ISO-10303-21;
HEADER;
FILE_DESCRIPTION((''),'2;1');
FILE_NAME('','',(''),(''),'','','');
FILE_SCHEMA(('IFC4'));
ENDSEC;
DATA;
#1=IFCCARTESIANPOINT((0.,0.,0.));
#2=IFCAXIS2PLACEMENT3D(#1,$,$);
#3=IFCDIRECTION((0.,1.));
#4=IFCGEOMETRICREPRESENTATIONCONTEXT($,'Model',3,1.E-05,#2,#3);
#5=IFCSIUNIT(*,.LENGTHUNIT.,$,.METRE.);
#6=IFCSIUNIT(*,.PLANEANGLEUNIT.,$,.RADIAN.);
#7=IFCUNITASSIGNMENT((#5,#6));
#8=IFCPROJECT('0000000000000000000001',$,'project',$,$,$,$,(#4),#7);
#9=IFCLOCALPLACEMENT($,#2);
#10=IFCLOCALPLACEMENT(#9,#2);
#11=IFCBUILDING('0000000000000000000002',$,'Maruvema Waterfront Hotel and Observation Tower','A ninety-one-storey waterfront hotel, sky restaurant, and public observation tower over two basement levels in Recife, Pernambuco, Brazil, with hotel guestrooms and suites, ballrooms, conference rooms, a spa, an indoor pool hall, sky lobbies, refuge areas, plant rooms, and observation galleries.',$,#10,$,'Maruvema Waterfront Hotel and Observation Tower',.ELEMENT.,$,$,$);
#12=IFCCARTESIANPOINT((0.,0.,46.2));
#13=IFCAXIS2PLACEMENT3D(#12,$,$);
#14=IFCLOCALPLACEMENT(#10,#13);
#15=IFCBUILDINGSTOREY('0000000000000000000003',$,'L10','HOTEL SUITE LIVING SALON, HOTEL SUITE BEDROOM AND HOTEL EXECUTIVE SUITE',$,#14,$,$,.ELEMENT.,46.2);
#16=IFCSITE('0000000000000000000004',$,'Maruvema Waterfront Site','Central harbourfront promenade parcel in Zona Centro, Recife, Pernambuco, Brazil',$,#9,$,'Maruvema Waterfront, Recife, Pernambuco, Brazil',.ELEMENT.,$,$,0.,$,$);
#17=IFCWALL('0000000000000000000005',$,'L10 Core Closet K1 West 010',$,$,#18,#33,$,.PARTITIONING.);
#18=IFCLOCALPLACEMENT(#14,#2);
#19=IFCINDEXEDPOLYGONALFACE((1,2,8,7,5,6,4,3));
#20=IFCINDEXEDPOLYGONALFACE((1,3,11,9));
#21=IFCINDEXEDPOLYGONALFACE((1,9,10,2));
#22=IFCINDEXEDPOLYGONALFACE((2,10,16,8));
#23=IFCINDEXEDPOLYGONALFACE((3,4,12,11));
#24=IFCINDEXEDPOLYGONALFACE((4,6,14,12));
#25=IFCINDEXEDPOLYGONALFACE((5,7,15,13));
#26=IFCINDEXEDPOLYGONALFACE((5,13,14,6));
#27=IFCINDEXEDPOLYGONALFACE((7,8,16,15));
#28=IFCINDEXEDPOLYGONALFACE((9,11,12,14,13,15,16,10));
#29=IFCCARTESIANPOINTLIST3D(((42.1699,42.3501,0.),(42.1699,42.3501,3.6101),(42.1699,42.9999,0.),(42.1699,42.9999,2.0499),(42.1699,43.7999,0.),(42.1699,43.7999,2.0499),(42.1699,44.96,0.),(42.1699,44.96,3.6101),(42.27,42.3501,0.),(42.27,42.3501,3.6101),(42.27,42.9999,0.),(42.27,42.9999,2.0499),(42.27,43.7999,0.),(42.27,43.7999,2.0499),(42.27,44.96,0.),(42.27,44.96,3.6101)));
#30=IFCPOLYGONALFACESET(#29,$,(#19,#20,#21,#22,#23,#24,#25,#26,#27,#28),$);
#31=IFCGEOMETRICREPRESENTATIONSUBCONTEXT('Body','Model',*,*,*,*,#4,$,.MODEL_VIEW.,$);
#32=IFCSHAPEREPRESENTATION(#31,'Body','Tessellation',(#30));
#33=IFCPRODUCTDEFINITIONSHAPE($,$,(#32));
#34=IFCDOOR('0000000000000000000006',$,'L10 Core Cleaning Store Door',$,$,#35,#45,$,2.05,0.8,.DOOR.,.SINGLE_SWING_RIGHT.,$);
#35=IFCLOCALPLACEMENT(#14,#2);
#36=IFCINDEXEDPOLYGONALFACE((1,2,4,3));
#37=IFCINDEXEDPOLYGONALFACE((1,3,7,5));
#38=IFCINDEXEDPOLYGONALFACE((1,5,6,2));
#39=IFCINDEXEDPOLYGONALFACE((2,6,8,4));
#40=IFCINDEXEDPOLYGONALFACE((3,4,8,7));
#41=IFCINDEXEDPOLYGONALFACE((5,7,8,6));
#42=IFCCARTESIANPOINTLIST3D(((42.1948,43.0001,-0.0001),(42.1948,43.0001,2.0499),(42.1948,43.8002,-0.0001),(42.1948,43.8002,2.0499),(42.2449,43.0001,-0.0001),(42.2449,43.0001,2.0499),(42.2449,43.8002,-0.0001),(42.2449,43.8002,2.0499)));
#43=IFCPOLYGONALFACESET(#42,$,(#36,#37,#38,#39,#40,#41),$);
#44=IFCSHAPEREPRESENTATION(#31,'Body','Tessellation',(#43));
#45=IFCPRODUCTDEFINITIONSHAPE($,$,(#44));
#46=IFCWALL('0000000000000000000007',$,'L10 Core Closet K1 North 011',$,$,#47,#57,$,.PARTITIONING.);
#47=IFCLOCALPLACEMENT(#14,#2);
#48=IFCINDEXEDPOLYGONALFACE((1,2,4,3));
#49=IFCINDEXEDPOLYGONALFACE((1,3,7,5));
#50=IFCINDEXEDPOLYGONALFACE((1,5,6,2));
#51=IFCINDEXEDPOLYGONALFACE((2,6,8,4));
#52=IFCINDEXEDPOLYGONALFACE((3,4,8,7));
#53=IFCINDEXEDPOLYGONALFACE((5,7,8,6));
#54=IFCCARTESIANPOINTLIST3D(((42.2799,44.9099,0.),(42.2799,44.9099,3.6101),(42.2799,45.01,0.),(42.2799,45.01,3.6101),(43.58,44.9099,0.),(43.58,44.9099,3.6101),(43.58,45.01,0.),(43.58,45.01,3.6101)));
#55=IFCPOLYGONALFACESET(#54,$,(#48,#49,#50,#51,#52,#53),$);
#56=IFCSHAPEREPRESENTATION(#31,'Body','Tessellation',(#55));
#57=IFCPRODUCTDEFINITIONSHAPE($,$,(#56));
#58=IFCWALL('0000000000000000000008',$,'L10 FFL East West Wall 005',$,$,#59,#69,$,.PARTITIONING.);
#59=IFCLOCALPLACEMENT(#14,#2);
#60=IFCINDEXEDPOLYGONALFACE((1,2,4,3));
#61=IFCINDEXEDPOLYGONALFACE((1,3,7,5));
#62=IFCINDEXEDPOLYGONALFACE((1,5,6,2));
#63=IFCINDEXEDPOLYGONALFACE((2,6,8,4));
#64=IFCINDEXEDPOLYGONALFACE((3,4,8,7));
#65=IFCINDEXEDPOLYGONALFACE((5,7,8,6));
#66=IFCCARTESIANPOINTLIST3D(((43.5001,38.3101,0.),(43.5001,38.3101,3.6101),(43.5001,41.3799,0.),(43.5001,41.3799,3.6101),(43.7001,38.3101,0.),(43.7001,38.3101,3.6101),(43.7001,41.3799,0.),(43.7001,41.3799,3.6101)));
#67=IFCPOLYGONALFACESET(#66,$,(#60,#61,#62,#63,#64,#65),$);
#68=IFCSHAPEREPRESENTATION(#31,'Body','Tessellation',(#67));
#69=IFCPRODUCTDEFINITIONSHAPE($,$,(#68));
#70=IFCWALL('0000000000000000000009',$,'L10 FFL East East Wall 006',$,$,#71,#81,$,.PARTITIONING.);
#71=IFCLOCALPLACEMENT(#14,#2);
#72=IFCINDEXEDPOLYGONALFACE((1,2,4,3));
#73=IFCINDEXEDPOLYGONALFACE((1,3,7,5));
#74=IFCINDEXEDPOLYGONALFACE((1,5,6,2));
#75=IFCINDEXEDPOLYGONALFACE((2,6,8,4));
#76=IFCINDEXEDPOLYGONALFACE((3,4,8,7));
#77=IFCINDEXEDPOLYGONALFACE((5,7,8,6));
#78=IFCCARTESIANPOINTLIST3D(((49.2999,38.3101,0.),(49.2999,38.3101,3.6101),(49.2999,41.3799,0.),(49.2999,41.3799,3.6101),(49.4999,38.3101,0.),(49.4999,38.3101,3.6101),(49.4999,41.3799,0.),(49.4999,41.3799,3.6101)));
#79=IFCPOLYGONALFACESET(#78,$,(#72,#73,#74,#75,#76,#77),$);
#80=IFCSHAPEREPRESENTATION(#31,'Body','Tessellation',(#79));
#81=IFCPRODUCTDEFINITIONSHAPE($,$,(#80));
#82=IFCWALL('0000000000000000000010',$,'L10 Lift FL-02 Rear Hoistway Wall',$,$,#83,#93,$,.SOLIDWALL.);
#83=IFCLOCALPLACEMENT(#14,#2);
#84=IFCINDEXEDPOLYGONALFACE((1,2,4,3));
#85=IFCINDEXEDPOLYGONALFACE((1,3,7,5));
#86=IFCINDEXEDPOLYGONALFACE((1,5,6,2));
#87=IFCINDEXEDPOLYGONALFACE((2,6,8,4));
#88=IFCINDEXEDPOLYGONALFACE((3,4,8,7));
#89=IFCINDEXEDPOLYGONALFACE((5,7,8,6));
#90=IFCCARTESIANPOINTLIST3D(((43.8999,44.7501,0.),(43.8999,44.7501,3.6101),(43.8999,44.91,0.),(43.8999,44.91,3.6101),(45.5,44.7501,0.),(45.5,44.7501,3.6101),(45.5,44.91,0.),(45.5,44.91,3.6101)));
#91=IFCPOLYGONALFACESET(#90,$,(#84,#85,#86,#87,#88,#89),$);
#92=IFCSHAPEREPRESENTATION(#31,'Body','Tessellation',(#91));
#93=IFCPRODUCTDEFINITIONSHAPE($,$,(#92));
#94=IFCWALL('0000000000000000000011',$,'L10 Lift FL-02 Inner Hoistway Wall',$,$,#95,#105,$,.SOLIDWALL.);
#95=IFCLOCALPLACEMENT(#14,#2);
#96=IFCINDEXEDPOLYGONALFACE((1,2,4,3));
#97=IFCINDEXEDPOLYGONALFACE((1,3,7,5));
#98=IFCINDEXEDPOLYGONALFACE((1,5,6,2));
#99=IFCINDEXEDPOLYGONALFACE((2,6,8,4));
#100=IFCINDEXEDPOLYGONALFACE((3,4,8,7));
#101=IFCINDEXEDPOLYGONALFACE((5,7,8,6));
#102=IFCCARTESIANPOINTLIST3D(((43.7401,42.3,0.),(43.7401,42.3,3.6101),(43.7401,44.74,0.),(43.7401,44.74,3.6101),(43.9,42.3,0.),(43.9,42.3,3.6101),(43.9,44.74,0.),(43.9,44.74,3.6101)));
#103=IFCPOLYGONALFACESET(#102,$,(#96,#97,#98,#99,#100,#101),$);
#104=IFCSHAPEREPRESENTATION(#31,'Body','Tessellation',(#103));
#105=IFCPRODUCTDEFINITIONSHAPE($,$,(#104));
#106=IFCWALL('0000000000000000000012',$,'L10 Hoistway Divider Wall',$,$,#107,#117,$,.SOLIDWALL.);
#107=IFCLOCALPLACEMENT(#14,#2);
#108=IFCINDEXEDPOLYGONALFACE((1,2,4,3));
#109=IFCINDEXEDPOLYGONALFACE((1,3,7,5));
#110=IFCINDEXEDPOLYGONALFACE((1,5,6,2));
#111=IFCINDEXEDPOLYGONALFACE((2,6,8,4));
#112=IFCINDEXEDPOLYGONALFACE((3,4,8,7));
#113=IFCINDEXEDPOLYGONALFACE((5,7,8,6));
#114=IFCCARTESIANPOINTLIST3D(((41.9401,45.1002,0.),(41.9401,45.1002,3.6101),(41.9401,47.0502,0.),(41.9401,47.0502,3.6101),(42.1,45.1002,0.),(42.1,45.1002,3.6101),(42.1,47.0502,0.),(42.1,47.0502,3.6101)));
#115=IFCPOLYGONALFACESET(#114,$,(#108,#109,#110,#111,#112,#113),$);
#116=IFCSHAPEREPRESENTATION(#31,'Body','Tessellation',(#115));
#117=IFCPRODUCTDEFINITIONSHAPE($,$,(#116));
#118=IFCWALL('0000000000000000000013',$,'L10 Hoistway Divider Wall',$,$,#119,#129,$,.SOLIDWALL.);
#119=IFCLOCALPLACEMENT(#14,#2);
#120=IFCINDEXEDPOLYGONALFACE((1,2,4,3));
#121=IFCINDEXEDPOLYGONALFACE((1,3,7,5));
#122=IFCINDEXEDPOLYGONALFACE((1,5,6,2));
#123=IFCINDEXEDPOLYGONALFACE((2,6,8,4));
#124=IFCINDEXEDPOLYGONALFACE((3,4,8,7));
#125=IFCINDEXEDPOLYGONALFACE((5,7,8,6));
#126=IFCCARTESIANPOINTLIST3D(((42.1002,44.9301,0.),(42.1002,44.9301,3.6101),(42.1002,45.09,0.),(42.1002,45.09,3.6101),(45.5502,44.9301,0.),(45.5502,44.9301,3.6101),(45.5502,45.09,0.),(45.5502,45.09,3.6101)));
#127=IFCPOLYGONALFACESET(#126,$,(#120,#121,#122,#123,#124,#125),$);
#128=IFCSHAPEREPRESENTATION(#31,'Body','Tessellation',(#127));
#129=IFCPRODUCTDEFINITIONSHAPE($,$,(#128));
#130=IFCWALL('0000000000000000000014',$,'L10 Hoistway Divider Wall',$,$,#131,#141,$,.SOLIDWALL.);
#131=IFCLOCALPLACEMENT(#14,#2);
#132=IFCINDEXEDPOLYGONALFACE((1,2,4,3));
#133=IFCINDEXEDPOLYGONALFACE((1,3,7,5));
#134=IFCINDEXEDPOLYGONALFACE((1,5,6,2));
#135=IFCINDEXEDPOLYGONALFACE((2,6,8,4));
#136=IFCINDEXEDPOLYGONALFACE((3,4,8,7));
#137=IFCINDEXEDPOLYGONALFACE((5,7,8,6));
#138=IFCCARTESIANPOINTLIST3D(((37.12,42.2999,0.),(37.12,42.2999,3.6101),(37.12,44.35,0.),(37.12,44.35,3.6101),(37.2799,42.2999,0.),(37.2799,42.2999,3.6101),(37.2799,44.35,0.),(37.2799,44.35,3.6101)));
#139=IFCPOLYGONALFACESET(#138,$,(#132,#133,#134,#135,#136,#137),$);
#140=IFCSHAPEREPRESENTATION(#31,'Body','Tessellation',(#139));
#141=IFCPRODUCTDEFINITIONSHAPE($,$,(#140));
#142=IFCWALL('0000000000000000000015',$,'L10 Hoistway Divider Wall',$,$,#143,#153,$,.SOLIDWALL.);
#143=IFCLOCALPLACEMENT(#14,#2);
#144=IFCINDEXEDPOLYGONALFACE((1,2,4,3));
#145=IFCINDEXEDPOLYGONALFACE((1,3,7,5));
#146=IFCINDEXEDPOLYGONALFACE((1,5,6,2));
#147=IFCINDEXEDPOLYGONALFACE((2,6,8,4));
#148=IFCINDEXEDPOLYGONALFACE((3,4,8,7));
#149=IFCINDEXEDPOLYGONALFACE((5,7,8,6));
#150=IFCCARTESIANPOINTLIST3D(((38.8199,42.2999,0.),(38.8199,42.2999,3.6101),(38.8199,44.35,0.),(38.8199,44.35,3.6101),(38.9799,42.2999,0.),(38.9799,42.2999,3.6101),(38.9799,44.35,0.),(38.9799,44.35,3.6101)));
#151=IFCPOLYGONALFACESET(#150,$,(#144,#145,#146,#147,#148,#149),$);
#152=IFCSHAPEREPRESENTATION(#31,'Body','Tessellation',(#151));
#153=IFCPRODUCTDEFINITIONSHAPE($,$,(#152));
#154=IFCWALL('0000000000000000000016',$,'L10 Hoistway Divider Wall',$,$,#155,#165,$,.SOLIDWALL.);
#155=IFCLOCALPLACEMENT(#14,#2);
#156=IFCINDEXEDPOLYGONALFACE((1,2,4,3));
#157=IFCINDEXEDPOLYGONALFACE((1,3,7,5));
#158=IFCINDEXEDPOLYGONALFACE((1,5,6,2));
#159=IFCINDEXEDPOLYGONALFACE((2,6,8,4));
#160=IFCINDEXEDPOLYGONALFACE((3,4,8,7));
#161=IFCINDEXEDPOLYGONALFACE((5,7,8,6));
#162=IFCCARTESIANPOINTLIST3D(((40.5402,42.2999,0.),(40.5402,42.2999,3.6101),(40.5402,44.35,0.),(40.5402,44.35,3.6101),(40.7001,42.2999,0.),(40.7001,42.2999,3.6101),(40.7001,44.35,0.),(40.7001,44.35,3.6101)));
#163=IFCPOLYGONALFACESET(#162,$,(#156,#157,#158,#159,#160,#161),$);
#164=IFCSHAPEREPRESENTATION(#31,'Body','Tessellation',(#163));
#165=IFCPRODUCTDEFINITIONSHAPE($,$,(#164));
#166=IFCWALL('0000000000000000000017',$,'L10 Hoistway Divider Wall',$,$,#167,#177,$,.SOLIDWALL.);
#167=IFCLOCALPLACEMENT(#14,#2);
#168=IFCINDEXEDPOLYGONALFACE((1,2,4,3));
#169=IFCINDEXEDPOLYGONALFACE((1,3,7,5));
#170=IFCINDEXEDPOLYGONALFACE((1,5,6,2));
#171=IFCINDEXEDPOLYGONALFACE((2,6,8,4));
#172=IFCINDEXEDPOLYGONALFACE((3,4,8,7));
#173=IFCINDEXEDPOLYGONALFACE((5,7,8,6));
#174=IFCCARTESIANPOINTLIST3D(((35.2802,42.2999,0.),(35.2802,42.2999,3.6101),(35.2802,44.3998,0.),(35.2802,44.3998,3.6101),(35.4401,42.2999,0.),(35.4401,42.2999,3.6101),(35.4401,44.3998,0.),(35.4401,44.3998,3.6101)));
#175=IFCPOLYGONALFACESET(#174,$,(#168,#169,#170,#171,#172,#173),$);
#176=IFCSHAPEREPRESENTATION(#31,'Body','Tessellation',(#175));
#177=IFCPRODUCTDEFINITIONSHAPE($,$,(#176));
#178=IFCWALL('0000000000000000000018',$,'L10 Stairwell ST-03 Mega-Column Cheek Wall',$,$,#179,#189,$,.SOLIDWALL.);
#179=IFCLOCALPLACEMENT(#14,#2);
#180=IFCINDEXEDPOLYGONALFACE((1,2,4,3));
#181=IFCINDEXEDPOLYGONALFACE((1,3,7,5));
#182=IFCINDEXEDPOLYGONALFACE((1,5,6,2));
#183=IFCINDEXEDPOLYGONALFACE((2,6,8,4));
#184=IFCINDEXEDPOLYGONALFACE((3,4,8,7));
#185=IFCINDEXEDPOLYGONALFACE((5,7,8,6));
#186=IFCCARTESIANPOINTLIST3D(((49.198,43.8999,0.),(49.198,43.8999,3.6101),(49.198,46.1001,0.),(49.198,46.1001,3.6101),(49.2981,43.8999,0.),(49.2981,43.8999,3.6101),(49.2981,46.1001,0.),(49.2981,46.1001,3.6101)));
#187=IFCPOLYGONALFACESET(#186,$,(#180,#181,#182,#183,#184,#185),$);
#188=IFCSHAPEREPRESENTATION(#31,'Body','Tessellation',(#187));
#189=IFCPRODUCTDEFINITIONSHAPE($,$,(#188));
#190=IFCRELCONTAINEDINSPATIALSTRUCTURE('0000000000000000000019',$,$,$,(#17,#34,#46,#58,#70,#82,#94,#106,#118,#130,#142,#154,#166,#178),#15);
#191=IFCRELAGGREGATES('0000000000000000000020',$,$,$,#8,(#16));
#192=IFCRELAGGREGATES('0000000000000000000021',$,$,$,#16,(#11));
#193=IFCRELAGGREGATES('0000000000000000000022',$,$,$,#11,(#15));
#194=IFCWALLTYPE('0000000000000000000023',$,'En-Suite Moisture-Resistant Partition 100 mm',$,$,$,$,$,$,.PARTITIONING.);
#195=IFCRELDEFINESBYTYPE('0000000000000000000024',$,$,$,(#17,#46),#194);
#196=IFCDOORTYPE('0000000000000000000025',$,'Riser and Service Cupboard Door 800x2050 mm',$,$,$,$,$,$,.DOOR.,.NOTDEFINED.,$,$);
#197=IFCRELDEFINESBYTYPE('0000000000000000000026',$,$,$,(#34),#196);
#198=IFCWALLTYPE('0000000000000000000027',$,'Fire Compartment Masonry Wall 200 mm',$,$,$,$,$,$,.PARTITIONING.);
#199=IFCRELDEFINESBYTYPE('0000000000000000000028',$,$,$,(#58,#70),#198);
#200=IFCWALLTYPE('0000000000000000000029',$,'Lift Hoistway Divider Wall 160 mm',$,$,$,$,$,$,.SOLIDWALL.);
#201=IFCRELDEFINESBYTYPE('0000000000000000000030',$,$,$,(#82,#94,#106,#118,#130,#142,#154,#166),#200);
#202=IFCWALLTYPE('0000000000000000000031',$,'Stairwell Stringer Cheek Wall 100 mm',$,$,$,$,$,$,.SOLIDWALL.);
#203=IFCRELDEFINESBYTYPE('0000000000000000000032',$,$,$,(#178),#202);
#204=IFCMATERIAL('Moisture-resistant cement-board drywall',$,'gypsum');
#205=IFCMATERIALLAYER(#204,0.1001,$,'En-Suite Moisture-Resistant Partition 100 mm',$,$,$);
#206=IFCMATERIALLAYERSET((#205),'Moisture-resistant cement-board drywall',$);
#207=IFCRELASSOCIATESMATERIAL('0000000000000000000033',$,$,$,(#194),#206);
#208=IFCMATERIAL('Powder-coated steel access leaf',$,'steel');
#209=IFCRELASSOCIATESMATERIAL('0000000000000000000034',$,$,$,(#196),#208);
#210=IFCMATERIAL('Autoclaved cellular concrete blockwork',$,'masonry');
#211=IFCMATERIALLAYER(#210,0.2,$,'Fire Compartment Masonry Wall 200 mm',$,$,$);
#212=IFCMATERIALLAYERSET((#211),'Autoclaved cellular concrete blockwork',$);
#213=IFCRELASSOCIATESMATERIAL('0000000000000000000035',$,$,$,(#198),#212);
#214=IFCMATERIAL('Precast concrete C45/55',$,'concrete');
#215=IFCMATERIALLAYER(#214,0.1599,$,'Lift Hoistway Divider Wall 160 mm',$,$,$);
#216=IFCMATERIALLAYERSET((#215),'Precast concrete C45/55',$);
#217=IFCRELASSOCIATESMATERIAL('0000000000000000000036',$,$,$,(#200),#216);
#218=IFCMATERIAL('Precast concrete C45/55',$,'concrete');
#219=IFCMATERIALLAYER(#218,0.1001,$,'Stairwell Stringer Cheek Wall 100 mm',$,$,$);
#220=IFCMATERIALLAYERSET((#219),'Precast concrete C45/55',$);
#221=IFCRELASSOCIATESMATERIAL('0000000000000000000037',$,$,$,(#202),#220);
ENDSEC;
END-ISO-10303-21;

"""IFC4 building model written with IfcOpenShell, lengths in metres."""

from ifc_helpers import new_model, si_unit, direction, frame, frame_2d, origin, place, context, subcontext, project, spatial, rectangle, extrude, material, layer, layer_set, type_object, element, fill, save


model = new_model("IFC4")

# Units and contexts
model_context = context("Model", 3, precision=1e-05, world=origin(), true_north=direction((0.0, 1.0)))
body_context = subcontext(model_context, "Body", "Model", "MODEL_VIEW")
ifc_project = project(units=[si_unit("LENGTHUNIT", "METRE"), si_unit("PLANEANGLEUNIT", "RADIAN")], contexts=[model_context])

# Site, building, storey
site_placement = place(None, origin())
site = spatial("IfcSite", under=ifc_project, at=site_placement, Name="Maruvema Waterfront Site", Description="Central harbourfront promenade parcel in Zona Centro, Recife, Pernambuco, Brazil", LongName="Maruvema Waterfront, Recife, Pernambuco, Brazil", CompositionType="ELEMENT", RefElevation=0.0)
building_placement = place(site_placement, origin())
building = spatial("IfcBuilding", under=site, at=building_placement, Name="Maruvema Waterfront Hotel and Observation Tower", Description="A ninety-one-storey waterfront hotel, sky restaurant, and public observation tower over two basement levels in Recife, Pernambuco, Brazil, with hotel guestrooms and suites, ballrooms, conference rooms, a spa, an indoor pool hall, sky lobbies, refuge areas, plant rooms, and observation galleries.", LongName="Maruvema Waterfront Hotel and Observation Tower", CompositionType="ELEMENT")
storey_placement = place(building_placement, frame((0.0, 0.0, 46.2)))
storey = spatial("IfcBuildingStorey", under=building, at=storey_placement, Name="L10", Description="HOTEL SUITE LIVING SALON, HOTEL SUITE BEDROOM AND HOTEL EXECUTIVE SUITE", CompositionType="ELEMENT", Elevation=46.2)

# Wall, opening, door
ifc_material_1 = material(Name="Moisture-resistant cement-board drywall", Category="gypsum")
ifc_layer_1 = layer(ifc_material_1, 0.1001, Name="En-Suite Moisture-Resistant Partition 100 mm")
ifc_layer_set_1 = layer_set([ifc_layer_1], Name="Moisture-resistant cement-board drywall")
wall_type_1 = type_object("IfcWallType", Name="En-Suite Moisture-Resistant Partition 100 mm", PredefinedType="PARTITIONING", material=ifc_layer_set_1)
wall_1_placement = place(storey_placement, frame((42.22, 42.3501, 0.0), z_axis=(0.0, 0.0, 1.0), x_axis=(0.0, 1.0, 0.0)))
wall_1 = element("IfcWall", 1, at=wall_1_placement, inside=storey, type_object=wall_type_1, Name="L10 Core Closet K1 West 010", PredefinedType="PARTITIONING", context=body_context, shape_type="SweptSolid", body=[
    extrude(rectangle(XDim=2.6099, YDim=0.1001, at=frame_2d((1.3049, 0.0))), origin(), (0.0, 0.0, 1.0), 3.6101),
])
opening_1_placement = place(wall_1_placement, frame((0.6499, 0.0, 0.0)))
opening_1 = element("IfcOpeningElement", 2, at=opening_1_placement, cuts=wall_1, PredefinedType="OPENING", context=body_context, shape_type="SweptSolid", body=[
    extrude(rectangle(XDim=0.8, YDim=2.05, at=frame_2d((0.3999, 1.0249))), frame((0.0, 0.0601, 0.0), z_axis=(0.0, -1.0, 0.0), x_axis=(1.0, 0.0, 0.0)), (0.0, 0.0, 1.0), 0.1201),
])
ifc_material_2 = material(Name="Powder-coated steel access leaf", Category="steel")
door_type_1 = type_object("IfcDoorType", Name="Riser and Service Cupboard Door 800x2050 mm", OperationType="NOTDEFINED", PredefinedType="DOOR", material=ifc_material_2)
door_1_placement = place(opening_1_placement, frame((0.8, 0.0, 0.0), z_axis=(0.0, 0.0, 1.0), x_axis=(-1.0, 0.0, 0.0)))
door_1 = element("IfcDoor", 3, at=door_1_placement, inside=storey, type_object=door_type_1, Name="L10 Core Cleaning Store Door", OperationType="SINGLE_SWING_RIGHT", OverallHeight=2.05, OverallWidth=0.8, PredefinedType="DOOR", context=body_context, shape_type="SweptSolid", body=[
    extrude(rectangle(XDim=0.8, YDim=2.05, at=frame_2d((0.3999, 1.0249))), frame((0.0, 0.0249, 0.0), z_axis=(0.0, -1.0, 0.0), x_axis=(1.0, 0.0, 0.0)), (0.0, 0.0, 1.0), 0.05),
])
fill(opening_1, door_1)

# Wall
wall_2_placement = place(storey_placement, frame((42.28, 44.96, 0.0), z_axis=(0.0, 0.0, 1.0), x_axis=(1.0, 0.0, 0.0)))
element("IfcWall", 4, at=wall_2_placement, inside=storey, type_object=wall_type_1, Name="L10 Core Closet K1 North 011", PredefinedType="PARTITIONING", context=body_context, shape_type="SweptSolid", body=[
    extrude(rectangle(XDim=1.3, YDim=0.1001, at=frame_2d((0.6499, 0.0))), origin(), (0.0, 0.0, 1.0), 3.6101),
])

# Shared definitions
ifc_material_3 = material(Name="Autoclaved cellular concrete blockwork", Category="masonry")
ifc_layer_2 = layer(ifc_material_3, 0.2, Name="Fire Compartment Masonry Wall 200 mm")
ifc_layer_set_2 = layer_set([ifc_layer_2], Name="Autoclaved cellular concrete blockwork")
wall_type_2 = type_object("IfcWallType", Name="Fire Compartment Masonry Wall 200 mm", PredefinedType="PARTITIONING", material=ifc_layer_set_2)

# Walls
for number, where, z_axis, x_axis, name in (
    (5, (43.6001, 38.3101, 0.0), (0.0, 0.0, 1.0), (0.0, 1.0, 0.0), "L10 FFL East West Wall 005"),
    (6, (49.3999, 38.3101, 0.0), (0.0, 0.0, 1.0), (0.0, 1.0, 0.0), "L10 FFL East East Wall 006"),
):
    element("IfcWall", number, at=place(storey_placement, frame(where, z_axis=z_axis, x_axis=x_axis)), inside=storey, type_object=wall_type_2, Name=name, PredefinedType="PARTITIONING", context=body_context, shape_type="SweptSolid", body=[
        extrude(rectangle(XDim=3.0698, YDim=0.2, at=frame_2d((1.5349, 0.0))), origin(), (0.0, 0.0, 1.0), 3.6101),
    ])
ifc_material_4 = material(Name="Precast concrete C45/55", Category="concrete")
ifc_layer_3 = layer(ifc_material_4, 0.1599, Name="Lift Hoistway Divider Wall 160 mm")
ifc_layer_set_3 = layer_set([ifc_layer_3], Name="Precast concrete C45/55")
wall_type_3 = type_object("IfcWallType", Name="Lift Hoistway Divider Wall 160 mm", PredefinedType="SOLIDWALL", material=ifc_layer_set_3)
wall_3_placement = place(storey_placement, frame((43.8999, 44.8301, 0.0), z_axis=(0.0, 0.0, 1.0), x_axis=(1.0, 0.0, 0.0)))
element("IfcWall", 7, at=wall_3_placement, inside=storey, type_object=wall_type_3, Name="L10 Lift FL-02 Rear Hoistway Wall", PredefinedType="SOLIDWALL", context=body_context, shape_type="SweptSolid", body=[
    extrude(rectangle(XDim=1.6001, YDim=0.1599, at=frame_2d((0.8, 0.0))), origin(), (0.0, 0.0, 1.0), 3.6101),
])
wall_4_placement = place(storey_placement, frame((43.8201, 42.3, 0.0), z_axis=(0.0, 0.0, 1.0), x_axis=(0.0, 1.0, 0.0)))
element("IfcWall", 8, at=wall_4_placement, inside=storey, type_object=wall_type_3, Name="L10 Lift FL-02 Inner Hoistway Wall", PredefinedType="SOLIDWALL", context=body_context, shape_type="SweptSolid", body=[
    extrude(rectangle(XDim=2.4399, YDim=0.1599, at=frame_2d((1.22, 0.0))), origin(), (0.0, 0.0, 1.0), 3.6101),
])
wall_5_placement = place(storey_placement, frame((42.02, 45.1001, 0.0), z_axis=(0.0, 0.0, 1.0), x_axis=(0.0, 1.0, 0.0)))
element("IfcWall", 9, at=wall_5_placement, inside=storey, type_object=wall_type_3, Name="L10 Hoistway Divider Wall", PredefinedType="SOLIDWALL", context=body_context, shape_type="SweptSolid", body=[
    extrude(rectangle(XDim=1.95, YDim=0.1599, at=frame_2d((0.9751, 0.0))), origin(), (0.0, 0.0, 1.0), 3.6101),
])
wall_6_placement = place(storey_placement, frame((42.1001, 45.01, 0.0), z_axis=(0.0, 0.0, 1.0), x_axis=(1.0, 0.0, 0.0)))
element("IfcWall", 10, at=wall_6_placement, inside=storey, type_object=wall_type_3, Name="L10 Hoistway Divider Wall", PredefinedType="SOLIDWALL", context=body_context, shape_type="SweptSolid", body=[
    extrude(rectangle(XDim=3.45, YDim=0.1599, at=frame_2d((1.7251, 0.0))), origin(), (0.0, 0.0, 1.0), 3.6101),
])
for number, where, z_axis, x_axis, name in (
    (11, (37.2, 42.3, 0.0), (0.0, 0.0, 1.0), (0.0, 1.0, 0.0), "L10 Hoistway Divider Wall"),
    (12, (38.8999, 42.3, 0.0), (0.0, 0.0, 1.0), (0.0, 1.0, 0.0), "L10 Hoistway Divider Wall"),
    (13, (40.6201, 42.3, 0.0), (0.0, 0.0, 1.0), (0.0, 1.0, 0.0), "L10 Hoistway Divider Wall"),
):
    element("IfcWall", number, at=place(storey_placement, frame(where, z_axis=z_axis, x_axis=x_axis)), inside=storey, type_object=wall_type_3, Name=name, PredefinedType="SOLIDWALL", context=body_context, shape_type="SweptSolid", body=[
        extrude(rectangle(XDim=2.05, YDim=0.1599, at=frame_2d((1.0249, 0.0))), origin(), (0.0, 0.0, 1.0), 3.6101),
    ])
wall_7_placement = place(storey_placement, frame((35.3601, 42.3, 0.0), z_axis=(0.0, 0.0, 1.0), x_axis=(0.0, 1.0, 0.0)))
element("IfcWall", 14, at=wall_7_placement, inside=storey, type_object=wall_type_3, Name="L10 Hoistway Divider Wall", PredefinedType="SOLIDWALL", context=body_context, shape_type="SweptSolid", body=[
    extrude(rectangle(XDim=2.0999, YDim=0.1599, at=frame_2d((1.0498, 0.0))), origin(), (0.0, 0.0, 1.0), 3.6101),
])
ifc_material_5 = material(Name="Precast concrete C45/55", Category="concrete")
ifc_layer_4 = layer(ifc_material_5, 0.1001, Name="Stairwell Stringer Cheek Wall 100 mm")
ifc_layer_set_4 = layer_set([ifc_layer_4], Name="Precast concrete C45/55")
wall_type_4 = type_object("IfcWallType", Name="Stairwell Stringer Cheek Wall 100 mm", PredefinedType="SOLIDWALL", material=ifc_layer_set_4)
wall_8_placement = place(storey_placement, frame((49.248, 43.8999, 0.0), z_axis=(0.0, 0.0, 1.0), x_axis=(0.0, 1.0, 0.0)))
element("IfcWall", 15, at=wall_8_placement, inside=storey, type_object=wall_type_4, Name="L10 Stairwell ST-03 Mega-Column Cheek Wall", PredefinedType="SOLIDWALL", context=body_context, shape_type="SweptSolid", body=[
    extrude(rectangle(XDim=2.2002, YDim=0.1001, at=frame_2d((1.1001, 0.0))), origin(), (0.0, 0.0, 1.0), 3.6101),
])

save(model, "model.ifc")
